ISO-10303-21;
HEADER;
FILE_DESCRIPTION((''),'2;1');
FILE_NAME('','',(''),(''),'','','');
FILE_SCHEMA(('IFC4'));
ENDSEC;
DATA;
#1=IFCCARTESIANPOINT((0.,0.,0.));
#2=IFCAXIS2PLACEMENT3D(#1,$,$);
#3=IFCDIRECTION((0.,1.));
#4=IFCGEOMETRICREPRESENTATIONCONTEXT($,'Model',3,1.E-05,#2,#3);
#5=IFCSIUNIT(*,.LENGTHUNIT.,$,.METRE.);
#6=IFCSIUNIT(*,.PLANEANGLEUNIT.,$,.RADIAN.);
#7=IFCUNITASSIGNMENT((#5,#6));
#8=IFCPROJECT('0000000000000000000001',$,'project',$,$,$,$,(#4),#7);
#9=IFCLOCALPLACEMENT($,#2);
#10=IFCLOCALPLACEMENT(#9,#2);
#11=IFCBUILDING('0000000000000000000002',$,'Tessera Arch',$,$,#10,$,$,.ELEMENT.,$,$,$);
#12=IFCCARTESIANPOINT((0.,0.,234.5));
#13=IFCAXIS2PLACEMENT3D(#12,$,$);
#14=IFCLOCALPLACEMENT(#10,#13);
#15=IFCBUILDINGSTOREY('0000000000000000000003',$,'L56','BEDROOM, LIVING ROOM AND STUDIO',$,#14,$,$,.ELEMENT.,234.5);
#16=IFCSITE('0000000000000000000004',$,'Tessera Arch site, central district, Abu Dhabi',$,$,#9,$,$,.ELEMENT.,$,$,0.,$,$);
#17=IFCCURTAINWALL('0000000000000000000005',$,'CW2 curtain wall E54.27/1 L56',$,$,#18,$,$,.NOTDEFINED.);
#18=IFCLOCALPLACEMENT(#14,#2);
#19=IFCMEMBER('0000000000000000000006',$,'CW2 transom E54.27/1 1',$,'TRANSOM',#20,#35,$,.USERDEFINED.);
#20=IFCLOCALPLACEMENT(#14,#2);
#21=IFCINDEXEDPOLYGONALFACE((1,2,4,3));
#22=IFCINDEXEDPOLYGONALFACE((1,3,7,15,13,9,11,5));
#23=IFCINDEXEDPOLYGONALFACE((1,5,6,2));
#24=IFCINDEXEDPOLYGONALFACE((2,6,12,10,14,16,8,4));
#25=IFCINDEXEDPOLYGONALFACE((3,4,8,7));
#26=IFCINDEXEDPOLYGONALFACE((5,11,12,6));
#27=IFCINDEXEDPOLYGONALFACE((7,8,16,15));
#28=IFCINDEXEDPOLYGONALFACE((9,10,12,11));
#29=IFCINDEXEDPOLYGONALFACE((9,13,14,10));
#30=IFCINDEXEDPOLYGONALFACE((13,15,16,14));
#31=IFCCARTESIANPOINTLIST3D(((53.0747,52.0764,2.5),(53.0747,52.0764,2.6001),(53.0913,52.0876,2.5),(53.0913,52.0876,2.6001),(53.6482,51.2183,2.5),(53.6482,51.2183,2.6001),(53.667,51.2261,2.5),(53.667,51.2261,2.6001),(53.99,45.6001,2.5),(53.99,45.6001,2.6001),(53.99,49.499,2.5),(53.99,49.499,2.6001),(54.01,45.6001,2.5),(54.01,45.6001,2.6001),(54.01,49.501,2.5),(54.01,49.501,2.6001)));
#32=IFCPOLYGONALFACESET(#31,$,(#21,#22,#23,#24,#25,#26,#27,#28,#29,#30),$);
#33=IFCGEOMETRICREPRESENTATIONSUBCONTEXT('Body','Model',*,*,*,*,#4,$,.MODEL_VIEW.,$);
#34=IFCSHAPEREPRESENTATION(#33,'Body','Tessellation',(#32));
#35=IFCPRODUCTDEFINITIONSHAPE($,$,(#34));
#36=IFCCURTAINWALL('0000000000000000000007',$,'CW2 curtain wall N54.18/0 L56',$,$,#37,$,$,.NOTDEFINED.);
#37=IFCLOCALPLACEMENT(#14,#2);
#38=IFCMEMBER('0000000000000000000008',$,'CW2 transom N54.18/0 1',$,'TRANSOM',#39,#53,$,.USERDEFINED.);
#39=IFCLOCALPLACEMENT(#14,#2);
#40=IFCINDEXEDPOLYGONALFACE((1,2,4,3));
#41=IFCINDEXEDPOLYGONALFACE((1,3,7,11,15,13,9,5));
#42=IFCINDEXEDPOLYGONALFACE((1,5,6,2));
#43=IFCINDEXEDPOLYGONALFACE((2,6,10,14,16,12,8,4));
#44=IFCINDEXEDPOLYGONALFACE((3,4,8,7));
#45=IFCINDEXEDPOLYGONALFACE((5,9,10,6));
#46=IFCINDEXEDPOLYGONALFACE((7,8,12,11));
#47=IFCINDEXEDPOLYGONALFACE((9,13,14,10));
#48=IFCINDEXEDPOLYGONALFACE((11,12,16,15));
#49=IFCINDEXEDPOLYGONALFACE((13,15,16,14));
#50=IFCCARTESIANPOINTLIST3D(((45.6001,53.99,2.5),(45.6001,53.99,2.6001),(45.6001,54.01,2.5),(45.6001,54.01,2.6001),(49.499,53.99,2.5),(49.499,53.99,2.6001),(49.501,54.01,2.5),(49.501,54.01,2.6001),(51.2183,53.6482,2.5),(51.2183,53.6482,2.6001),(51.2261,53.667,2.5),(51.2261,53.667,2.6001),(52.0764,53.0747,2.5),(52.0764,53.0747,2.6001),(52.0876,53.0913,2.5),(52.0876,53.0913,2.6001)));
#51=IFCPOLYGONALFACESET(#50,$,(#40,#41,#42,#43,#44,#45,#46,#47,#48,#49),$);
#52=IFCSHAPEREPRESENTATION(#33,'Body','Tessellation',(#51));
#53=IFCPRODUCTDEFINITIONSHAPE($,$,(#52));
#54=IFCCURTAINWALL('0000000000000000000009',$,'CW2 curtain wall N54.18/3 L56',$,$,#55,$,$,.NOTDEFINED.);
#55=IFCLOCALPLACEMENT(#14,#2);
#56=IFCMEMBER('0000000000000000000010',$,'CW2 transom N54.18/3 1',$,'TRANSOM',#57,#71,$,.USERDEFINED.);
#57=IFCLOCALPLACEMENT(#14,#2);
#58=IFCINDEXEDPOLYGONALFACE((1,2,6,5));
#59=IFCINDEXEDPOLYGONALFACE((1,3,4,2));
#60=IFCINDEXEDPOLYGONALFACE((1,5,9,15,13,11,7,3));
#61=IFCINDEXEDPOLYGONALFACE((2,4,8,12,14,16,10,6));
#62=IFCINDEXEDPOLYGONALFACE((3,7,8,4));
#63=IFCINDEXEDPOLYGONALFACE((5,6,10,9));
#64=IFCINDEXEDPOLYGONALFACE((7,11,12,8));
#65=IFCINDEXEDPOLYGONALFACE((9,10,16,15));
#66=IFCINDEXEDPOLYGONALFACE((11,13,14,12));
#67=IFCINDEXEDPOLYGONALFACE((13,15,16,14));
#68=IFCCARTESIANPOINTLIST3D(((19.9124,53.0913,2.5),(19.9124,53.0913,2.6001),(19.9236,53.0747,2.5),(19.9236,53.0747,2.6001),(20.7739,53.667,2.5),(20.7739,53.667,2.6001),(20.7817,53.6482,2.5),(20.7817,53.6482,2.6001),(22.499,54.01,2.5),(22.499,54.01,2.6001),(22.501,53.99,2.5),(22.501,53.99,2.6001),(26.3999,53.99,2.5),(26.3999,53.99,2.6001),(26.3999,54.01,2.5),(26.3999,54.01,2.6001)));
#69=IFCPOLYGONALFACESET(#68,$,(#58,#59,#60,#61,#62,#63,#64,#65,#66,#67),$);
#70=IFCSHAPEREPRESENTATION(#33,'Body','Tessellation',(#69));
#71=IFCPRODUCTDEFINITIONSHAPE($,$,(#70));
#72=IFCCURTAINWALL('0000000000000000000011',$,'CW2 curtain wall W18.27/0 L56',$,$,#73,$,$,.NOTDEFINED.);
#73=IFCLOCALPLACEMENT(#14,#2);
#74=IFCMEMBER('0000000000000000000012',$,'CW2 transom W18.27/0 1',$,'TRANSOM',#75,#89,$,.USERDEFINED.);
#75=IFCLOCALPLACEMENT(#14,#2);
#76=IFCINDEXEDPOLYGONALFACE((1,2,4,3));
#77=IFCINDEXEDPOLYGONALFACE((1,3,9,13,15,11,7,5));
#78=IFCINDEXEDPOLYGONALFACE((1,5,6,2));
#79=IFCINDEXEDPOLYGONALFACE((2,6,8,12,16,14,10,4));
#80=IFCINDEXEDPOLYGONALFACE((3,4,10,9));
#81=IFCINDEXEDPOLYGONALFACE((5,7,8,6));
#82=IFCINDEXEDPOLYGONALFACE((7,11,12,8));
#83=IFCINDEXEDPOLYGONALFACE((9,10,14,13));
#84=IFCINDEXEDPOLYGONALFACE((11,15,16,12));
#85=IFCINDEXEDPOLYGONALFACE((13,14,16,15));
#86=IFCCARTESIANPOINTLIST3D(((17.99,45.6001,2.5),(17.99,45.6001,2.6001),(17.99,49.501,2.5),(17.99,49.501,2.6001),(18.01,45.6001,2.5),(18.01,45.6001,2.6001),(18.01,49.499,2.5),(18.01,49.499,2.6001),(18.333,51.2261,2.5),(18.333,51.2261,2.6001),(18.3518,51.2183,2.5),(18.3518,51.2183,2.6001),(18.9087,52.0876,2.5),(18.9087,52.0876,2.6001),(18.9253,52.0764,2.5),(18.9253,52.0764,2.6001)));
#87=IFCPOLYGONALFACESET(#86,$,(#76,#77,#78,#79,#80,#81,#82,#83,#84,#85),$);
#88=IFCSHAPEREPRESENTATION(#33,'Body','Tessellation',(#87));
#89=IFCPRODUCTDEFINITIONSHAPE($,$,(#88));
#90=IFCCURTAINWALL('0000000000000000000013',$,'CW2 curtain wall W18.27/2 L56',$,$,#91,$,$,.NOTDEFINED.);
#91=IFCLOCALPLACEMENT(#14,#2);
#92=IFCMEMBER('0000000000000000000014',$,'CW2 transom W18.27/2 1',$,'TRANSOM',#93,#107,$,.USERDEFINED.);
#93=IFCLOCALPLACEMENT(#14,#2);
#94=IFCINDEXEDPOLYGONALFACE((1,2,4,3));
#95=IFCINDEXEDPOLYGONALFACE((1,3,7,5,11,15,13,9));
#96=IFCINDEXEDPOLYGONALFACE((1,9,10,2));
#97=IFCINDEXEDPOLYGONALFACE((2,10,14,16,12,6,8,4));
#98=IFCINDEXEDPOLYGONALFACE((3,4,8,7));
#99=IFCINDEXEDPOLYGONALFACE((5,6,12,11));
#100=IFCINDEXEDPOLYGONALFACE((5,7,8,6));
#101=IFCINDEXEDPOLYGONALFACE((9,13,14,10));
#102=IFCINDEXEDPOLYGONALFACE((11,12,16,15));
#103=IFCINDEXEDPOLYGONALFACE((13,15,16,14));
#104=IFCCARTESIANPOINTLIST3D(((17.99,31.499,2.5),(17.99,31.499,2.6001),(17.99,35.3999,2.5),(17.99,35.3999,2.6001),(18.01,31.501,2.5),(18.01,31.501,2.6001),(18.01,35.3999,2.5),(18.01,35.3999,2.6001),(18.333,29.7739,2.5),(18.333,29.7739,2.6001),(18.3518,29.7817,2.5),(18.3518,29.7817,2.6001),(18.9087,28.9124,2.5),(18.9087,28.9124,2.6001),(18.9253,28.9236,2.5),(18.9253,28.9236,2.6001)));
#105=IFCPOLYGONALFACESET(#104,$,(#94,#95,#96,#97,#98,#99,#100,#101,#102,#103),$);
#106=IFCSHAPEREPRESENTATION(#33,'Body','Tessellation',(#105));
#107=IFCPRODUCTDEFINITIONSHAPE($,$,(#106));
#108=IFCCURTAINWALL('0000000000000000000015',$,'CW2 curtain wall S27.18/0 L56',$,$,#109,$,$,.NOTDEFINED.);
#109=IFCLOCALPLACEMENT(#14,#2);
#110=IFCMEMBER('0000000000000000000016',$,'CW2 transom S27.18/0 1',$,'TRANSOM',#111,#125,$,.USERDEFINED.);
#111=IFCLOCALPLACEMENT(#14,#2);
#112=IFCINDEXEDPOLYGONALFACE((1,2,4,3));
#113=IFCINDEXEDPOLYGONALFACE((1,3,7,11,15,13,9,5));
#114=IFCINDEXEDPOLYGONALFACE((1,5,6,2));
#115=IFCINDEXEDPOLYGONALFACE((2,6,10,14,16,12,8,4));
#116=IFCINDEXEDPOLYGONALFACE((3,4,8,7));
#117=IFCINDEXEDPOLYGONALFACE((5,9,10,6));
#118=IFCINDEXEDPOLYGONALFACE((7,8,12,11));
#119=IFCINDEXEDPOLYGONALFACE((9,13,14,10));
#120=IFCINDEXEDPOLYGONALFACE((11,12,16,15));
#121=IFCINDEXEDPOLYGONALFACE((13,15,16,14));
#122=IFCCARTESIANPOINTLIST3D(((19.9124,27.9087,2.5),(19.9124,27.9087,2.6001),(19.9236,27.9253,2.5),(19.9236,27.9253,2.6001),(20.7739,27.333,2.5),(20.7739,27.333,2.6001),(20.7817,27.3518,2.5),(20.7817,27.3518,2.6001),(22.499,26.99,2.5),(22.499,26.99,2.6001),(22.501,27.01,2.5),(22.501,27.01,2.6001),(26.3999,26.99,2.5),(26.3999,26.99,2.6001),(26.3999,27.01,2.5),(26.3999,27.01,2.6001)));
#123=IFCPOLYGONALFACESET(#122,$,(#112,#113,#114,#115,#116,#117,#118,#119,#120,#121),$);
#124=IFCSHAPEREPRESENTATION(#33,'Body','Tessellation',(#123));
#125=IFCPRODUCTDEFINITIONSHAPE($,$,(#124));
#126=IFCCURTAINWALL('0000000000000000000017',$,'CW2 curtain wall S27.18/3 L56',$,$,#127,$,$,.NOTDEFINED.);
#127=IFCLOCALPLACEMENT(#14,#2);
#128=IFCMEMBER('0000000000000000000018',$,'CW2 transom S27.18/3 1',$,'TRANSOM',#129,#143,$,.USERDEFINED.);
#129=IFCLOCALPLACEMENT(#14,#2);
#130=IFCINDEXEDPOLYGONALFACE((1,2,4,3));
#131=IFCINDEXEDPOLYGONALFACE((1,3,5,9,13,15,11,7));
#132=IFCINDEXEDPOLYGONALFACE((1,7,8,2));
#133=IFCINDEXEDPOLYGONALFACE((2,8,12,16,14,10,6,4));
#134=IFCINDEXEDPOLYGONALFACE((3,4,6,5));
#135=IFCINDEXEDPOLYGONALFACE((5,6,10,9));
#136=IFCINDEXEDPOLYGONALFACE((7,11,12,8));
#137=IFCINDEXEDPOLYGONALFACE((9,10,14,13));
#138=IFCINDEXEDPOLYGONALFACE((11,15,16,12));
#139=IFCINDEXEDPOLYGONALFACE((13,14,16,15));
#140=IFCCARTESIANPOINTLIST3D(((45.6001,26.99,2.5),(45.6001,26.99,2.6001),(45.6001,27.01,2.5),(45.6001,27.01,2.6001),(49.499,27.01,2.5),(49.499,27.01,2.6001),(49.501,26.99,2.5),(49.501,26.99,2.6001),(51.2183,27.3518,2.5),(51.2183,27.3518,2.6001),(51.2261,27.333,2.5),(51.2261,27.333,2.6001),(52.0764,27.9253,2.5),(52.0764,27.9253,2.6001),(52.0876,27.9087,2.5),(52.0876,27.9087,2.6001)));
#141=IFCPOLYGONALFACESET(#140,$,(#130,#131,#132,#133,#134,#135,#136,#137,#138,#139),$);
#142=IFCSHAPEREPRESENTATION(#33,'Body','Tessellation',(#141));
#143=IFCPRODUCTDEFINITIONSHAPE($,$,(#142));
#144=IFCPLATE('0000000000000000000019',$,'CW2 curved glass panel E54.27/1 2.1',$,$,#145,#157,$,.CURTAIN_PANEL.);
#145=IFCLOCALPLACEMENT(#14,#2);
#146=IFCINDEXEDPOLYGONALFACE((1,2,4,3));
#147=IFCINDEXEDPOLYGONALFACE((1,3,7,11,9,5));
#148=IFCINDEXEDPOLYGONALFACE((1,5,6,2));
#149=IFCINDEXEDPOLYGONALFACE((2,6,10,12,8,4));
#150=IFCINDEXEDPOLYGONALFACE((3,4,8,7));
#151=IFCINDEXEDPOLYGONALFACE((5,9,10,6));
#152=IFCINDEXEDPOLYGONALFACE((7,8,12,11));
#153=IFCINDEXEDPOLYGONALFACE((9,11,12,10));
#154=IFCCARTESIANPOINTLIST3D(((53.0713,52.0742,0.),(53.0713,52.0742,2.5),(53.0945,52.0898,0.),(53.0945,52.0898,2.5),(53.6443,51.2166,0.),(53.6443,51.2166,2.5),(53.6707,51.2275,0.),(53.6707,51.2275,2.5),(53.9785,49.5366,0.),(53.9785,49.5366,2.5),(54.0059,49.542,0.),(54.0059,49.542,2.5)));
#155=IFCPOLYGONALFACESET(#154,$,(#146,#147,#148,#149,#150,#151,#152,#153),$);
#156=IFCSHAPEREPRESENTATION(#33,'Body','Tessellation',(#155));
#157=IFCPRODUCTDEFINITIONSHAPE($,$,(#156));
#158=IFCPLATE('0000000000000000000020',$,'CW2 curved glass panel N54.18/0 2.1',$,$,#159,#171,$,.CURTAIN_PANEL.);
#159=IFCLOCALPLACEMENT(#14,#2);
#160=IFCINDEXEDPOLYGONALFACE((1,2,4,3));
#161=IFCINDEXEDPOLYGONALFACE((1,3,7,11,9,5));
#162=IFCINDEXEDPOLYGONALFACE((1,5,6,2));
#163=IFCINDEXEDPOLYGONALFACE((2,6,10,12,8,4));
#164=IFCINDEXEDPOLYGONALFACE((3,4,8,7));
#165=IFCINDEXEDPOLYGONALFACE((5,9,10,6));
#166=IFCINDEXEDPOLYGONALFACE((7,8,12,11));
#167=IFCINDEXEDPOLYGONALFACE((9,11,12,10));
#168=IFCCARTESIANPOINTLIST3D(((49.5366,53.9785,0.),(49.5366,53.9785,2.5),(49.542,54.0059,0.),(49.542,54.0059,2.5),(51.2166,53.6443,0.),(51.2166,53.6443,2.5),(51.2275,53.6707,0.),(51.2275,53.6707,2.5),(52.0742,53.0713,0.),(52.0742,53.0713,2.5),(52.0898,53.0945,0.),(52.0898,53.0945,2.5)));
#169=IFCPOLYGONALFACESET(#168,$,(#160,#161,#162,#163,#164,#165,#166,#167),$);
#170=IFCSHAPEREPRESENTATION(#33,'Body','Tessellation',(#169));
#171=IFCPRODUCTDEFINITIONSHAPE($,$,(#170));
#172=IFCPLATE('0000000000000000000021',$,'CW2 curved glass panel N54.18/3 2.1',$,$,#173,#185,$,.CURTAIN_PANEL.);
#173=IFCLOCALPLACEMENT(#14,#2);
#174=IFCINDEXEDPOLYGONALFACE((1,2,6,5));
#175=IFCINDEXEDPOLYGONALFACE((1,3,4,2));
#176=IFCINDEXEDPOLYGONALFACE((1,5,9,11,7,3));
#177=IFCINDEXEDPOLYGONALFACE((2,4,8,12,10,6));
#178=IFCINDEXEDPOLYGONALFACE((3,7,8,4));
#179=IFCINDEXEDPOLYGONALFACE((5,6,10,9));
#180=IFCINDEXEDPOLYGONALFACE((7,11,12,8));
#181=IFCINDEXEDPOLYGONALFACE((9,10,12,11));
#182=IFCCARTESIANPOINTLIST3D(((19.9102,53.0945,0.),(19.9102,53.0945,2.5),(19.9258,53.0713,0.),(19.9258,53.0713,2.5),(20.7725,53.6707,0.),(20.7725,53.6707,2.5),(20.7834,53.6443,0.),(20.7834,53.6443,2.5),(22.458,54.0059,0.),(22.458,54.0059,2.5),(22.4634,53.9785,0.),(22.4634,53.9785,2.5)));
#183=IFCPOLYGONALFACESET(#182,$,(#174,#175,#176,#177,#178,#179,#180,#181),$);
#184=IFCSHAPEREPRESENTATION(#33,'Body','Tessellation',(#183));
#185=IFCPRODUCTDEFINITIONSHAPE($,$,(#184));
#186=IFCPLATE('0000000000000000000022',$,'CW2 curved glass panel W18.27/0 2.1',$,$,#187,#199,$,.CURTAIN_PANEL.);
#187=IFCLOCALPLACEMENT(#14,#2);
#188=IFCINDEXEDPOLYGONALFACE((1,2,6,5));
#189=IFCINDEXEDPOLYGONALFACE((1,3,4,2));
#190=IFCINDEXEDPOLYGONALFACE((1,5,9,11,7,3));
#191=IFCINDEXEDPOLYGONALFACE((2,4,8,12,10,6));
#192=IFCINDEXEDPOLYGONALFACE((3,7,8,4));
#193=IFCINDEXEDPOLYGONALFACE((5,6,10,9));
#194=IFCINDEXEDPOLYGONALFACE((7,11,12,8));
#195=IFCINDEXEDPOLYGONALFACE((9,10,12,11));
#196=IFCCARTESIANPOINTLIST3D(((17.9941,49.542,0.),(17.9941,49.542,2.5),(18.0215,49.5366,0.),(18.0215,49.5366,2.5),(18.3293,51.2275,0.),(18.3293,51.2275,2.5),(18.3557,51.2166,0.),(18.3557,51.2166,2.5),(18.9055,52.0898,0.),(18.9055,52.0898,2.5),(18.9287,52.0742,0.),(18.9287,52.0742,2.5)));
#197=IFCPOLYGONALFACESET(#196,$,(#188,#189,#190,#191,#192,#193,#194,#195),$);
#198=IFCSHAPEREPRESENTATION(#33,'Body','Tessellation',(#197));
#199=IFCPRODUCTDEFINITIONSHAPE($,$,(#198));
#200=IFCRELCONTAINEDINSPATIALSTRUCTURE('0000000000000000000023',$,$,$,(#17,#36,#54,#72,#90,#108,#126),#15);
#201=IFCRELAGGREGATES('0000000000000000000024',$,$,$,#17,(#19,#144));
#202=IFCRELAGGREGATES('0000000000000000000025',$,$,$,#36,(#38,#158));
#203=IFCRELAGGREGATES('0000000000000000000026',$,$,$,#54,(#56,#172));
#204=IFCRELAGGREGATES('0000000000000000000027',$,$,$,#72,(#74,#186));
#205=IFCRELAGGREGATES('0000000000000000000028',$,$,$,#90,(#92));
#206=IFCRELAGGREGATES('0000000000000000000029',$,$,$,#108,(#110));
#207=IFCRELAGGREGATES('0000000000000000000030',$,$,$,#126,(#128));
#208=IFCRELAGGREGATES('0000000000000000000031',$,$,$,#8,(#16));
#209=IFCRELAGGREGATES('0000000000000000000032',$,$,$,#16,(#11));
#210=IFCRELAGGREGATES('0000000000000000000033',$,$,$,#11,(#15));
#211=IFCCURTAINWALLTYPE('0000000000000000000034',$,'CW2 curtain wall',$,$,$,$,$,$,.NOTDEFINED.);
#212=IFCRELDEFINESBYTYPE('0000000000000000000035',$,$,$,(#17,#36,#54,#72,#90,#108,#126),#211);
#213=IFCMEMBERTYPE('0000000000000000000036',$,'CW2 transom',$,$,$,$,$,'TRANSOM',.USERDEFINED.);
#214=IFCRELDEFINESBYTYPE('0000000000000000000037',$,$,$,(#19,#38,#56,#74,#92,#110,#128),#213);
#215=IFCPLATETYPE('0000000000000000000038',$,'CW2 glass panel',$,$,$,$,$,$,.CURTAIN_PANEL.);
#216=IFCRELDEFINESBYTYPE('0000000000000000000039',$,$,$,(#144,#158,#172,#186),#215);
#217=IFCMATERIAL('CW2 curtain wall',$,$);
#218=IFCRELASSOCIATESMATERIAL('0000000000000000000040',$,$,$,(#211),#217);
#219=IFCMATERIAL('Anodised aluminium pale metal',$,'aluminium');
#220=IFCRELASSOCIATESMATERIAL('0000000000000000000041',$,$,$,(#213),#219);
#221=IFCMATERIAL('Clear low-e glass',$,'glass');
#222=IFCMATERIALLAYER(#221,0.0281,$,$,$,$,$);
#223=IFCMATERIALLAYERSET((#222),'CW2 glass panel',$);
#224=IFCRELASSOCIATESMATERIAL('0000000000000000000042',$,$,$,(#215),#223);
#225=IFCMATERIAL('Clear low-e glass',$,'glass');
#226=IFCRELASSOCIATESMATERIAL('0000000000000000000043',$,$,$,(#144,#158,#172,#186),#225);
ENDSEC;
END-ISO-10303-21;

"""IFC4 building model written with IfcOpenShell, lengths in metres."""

from ifc_helpers import new_model, si_unit, direction, frame, origin, origin_2d, place, context, subcontext, project, spatial, polyline, rectangle, outline, extrude, material, layer, layer_set, material_profile, profile_set, type_object, element, aggregate, save


model = new_model("IFC4")

# Units and contexts
model_context = context("Model", 3, precision=1e-05, world=origin(), true_north=direction((0.0, 1.0)))
body_context = subcontext(model_context, "Body", "Model", "MODEL_VIEW")
ifc_project = project(units=[si_unit("LENGTHUNIT", "METRE"), si_unit("PLANEANGLEUNIT", "RADIAN")], contexts=[model_context])

# Site, building, storey
site_placement = place(None, origin())
site = spatial("IfcSite", under=ifc_project, at=site_placement, Name="Tessera Arch site, central district, Abu Dhabi", CompositionType="ELEMENT", RefElevation=0.0)
building_placement = place(site_placement, origin())
building = spatial("IfcBuilding", under=site, at=building_placement, Name="Tessera Arch", CompositionType="ELEMENT")
storey_placement = place(building_placement, frame((0.0, 0.0, 234.5)))
storey = spatial("IfcBuildingStorey", under=building, at=storey_placement, Name="L56", Description="BEDROOM, LIVING ROOM AND STUDIO", CompositionType="ELEMENT", Elevation=234.5)

# Curtain walls, members
ifc_material_1 = material(Name="CW2 curtain wall")
curtain_wall_type = type_object("IfcCurtainWallType", Name="CW2 curtain wall", PredefinedType="NOTDEFINED", material=ifc_material_1)
curtain_wall_1_placement = place(storey_placement, origin())
curtain_wall_1 = element("IfcCurtainWall", 1, at=curtain_wall_1_placement, inside=storey, type_object=curtain_wall_type, Name="CW2 curtain wall E54.27/1 L56", PredefinedType="NOTDEFINED")
ifc_material_2 = material(Name="Anodised aluminium pale metal", Category="aluminium")
ifc_material_profile = material_profile(ifc_material_2, rectangle(XDim=0.2, YDim=0.1001, at=origin_2d()), Name="AL 200x100")
ifc_profile_set = profile_set([ifc_material_profile], Name="Anodised aluminium pale metal")
member_type = type_object("IfcMemberType", Name="CW2 transom", ElementType="TRANSOM", PredefinedType="USERDEFINED", material=ifc_profile_set)
member_1_placement = place(storey_placement, frame((0.0, 0.0, 2.5)))
member_1 = element("IfcMember", 2, at=member_1_placement, type_object=member_type, Name="CW2 transom E54.27/1 1", ObjectType="TRANSOM", PredefinedType="USERDEFINED", context=body_context, shape_type="SweptSolid", body=[
    extrude(outline(polyline([(53.99, 49.499), (53.99, 45.6001), (54.01, 45.6001), (54.01, 49.501), (53.667, 51.2261), (53.0913, 52.0876), (53.0747, 52.0764), (53.6482, 51.2183), (53.99, 49.499)])), origin(), (0.0, 0.0, 1.0), 0.1001),
])
curtain_wall_2_placement = place(storey_placement, origin())
curtain_wall_2 = element("IfcCurtainWall", 3, at=curtain_wall_2_placement, inside=storey, type_object=curtain_wall_type, Name="CW2 curtain wall N54.18/0 L56", PredefinedType="NOTDEFINED")
member_2_placement = place(storey_placement, frame((0.0, 0.0, 2.5)))
member_2 = element("IfcMember", 4, at=member_2_placement, type_object=member_type, Name="CW2 transom N54.18/0 1", ObjectType="TRANSOM", PredefinedType="USERDEFINED", context=body_context, shape_type="SweptSolid", body=[
    extrude(outline(polyline([(51.2183, 53.6482), (52.0764, 53.0747), (52.0876, 53.0913), (51.2261, 53.667), (49.501, 54.01), (45.6001, 54.01), (45.6001, 53.99), (49.499, 53.99), (51.2183, 53.6482)])), origin(), (0.0, 0.0, 1.0), 0.1001),
])
curtain_wall_3_placement = place(storey_placement, origin())
curtain_wall_3 = element("IfcCurtainWall", 5, at=curtain_wall_3_placement, inside=storey, type_object=curtain_wall_type, Name="CW2 curtain wall N54.18/3 L56", PredefinedType="NOTDEFINED")
member_3_placement = place(storey_placement, frame((0.0, 0.0, 2.5)))
member_3 = element("IfcMember", 6, at=member_3_placement, type_object=member_type, Name="CW2 transom N54.18/3 1", ObjectType="TRANSOM", PredefinedType="USERDEFINED", context=body_context, shape_type="SweptSolid", body=[
    extrude(outline(polyline([(22.501, 53.99), (26.3999, 53.99), (26.3999, 54.01), (22.499, 54.01), (20.7739, 53.667), (19.9124, 53.0913), (19.9236, 53.0747), (20.7817, 53.6482), (22.501, 53.99)])), origin(), (0.0, 0.0, 1.0), 0.1001),
])
curtain_wall_4_placement = place(storey_placement, origin())
curtain_wall_4 = element("IfcCurtainWall", 7, at=curtain_wall_4_placement, inside=storey, type_object=curtain_wall_type, Name="CW2 curtain wall W18.27/0 L56", PredefinedType="NOTDEFINED")
member_4_placement = place(storey_placement, frame((0.0, 0.0, 2.5)))
member_4 = element("IfcMember", 8, at=member_4_placement, type_object=member_type, Name="CW2 transom W18.27/0 1", ObjectType="TRANSOM", PredefinedType="USERDEFINED", context=body_context, shape_type="SweptSolid", body=[
    extrude(outline(polyline([(18.3518, 51.2183), (18.9253, 52.0764), (18.9087, 52.0876), (18.333, 51.2261), (17.99, 49.501), (17.99, 45.6001), (18.01, 45.6001), (18.01, 49.499), (18.3518, 51.2183)])), origin(), (0.0, 0.0, 1.0), 0.1001),
])
curtain_wall_5_placement = place(storey_placement, origin())
curtain_wall_5 = element("IfcCurtainWall", 9, at=curtain_wall_5_placement, inside=storey, type_object=curtain_wall_type, Name="CW2 curtain wall W18.27/2 L56", PredefinedType="NOTDEFINED")
member_5_placement = place(storey_placement, frame((0.0, 0.0, 2.5)))
member_5 = element("IfcMember", 10, at=member_5_placement, type_object=member_type, Name="CW2 transom W18.27/2 1", ObjectType="TRANSOM", PredefinedType="USERDEFINED", context=body_context, shape_type="SweptSolid", body=[
    extrude(outline(polyline([(18.01, 31.501), (18.01, 35.3999), (17.99, 35.3999), (17.99, 31.499), (18.333, 29.7739), (18.9087, 28.9124), (18.9253, 28.9236), (18.3518, 29.7817), (18.01, 31.501)])), origin(), (0.0, 0.0, 1.0), 0.1001),
])
curtain_wall_6_placement = place(storey_placement, origin())
curtain_wall_6 = element("IfcCurtainWall", 11, at=curtain_wall_6_placement, inside=storey, type_object=curtain_wall_type, Name="CW2 curtain wall S27.18/0 L56", PredefinedType="NOTDEFINED")
member_6_placement = place(storey_placement, frame((0.0, 0.0, 2.5)))
member_6 = element("IfcMember", 12, at=member_6_placement, type_object=member_type, Name="CW2 transom S27.18/0 1", ObjectType="TRANSOM", PredefinedType="USERDEFINED", context=body_context, shape_type="SweptSolid", body=[
    extrude(outline(polyline([(20.7817, 27.3518), (19.9236, 27.9253), (19.9124, 27.9087), (20.7739, 27.333), (22.499, 26.99), (26.3999, 26.99), (26.3999, 27.01), (22.501, 27.01), (20.7817, 27.3518)])), origin(), (0.0, 0.0, 1.0), 0.1001),
])
curtain_wall_7_placement = place(storey_placement, origin())
curtain_wall_7 = element("IfcCurtainWall", 13, at=curtain_wall_7_placement, inside=storey, type_object=curtain_wall_type, Name="CW2 curtain wall S27.18/3 L56", PredefinedType="NOTDEFINED")
member_7_placement = place(storey_placement, frame((0.0, 0.0, 2.5)))
member_7 = element("IfcMember", 14, at=member_7_placement, type_object=member_type, Name="CW2 transom S27.18/3 1", ObjectType="TRANSOM", PredefinedType="USERDEFINED", context=body_context, shape_type="SweptSolid", body=[
    extrude(outline(polyline([(49.499, 27.01), (45.6001, 27.01), (45.6001, 26.99), (49.501, 26.99), (51.2261, 27.333), (52.0876, 27.9087), (52.0764, 27.9253), (51.2183, 27.3518), (49.499, 27.01)])), origin(), (0.0, 0.0, 1.0), 0.1001),
])

# Plates
ifc_material_3 = material(Name="Clear low-e glass", Category="glass")
ifc_material_4 = material(Name="Clear low-e glass", Category="glass")
ifc_layer_1 = layer(ifc_material_4, 0.0281)
ifc_layer_set_1 = layer_set([ifc_layer_1], Name="CW2 glass panel")
plate_type_1 = type_object("IfcPlateType", Name="CW2 glass panel", PredefinedType="CURTAIN_PANEL", material=ifc_layer_set_1)
plate_1_placement = place(storey_placement, origin())
plate_1 = element("IfcPlate", 15, at=plate_1_placement, type_object=plate_type_1, material=ifc_material_3, Name="CW2 curved glass panel E54.27/1 2.1", PredefinedType="CURTAIN_PANEL", context=body_context, shape_type="SweptSolid", body=[
    extrude(outline(polyline([(53.6443, 51.2166), (53.9785, 49.5366), (54.0059, 49.542), (53.6707, 51.2275), (53.0945, 52.0898), (53.0713, 52.0742), (53.6443, 51.2166)])), origin(), (0.0, 0.0, 1.0), 2.5),
])
plate_2_placement = place(storey_placement, origin())
plate_2 = element("IfcPlate", 16, at=plate_2_placement, type_object=plate_type_1, material=ifc_material_3, Name="CW2 curved glass panel N54.18/0 2.1", PredefinedType="CURTAIN_PANEL", context=body_context, shape_type="SweptSolid", body=[
    extrude(outline(polyline([(51.2166, 53.6443), (52.0742, 53.0713), (52.0898, 53.0945), (51.2275, 53.6707), (49.542, 54.0059), (49.5366, 53.9785), (51.2166, 53.6443)])), origin(), (0.0, 0.0, 1.0), 2.5),
])
plate_3_placement = place(storey_placement, origin())
plate_3 = element("IfcPlate", 17, at=plate_3_placement, type_object=plate_type_1, material=ifc_material_3, Name="CW2 curved glass panel N54.18/3 2.1", PredefinedType="CURTAIN_PANEL", context=body_context, shape_type="SweptSolid", body=[
    extrude(outline(polyline([(20.7834, 53.6443), (22.4634, 53.9785), (22.458, 54.0059), (20.7725, 53.6707), (19.9102, 53.0945), (19.9258, 53.0713), (20.7834, 53.6443)])), origin(), (0.0, 0.0, 1.0), 2.5),
])
plate_4_placement = place(storey_placement, origin())
plate_4 = element("IfcPlate", 18, at=plate_4_placement, type_object=plate_type_1, material=ifc_material_3, Name="CW2 curved glass panel W18.27/0 2.1", PredefinedType="CURTAIN_PANEL", context=body_context, shape_type="SweptSolid", body=[
    extrude(outline(polyline([(18.3557, 51.2166), (18.9287, 52.0742), (18.9055, 52.0898), (18.3293, 51.2275), (17.9941, 49.542), (18.0215, 49.5366), (18.3557, 51.2166)])), origin(), (0.0, 0.0, 1.0), 2.5),
])
aggregate(curtain_wall_1, [member_1, plate_1])
aggregate(curtain_wall_2, [member_2, plate_2])
aggregate(curtain_wall_3, [member_3, plate_3])
aggregate(curtain_wall_4, [member_4, plate_4])
aggregate(curtain_wall_5, [member_5])
aggregate(curtain_wall_6, [member_6])
aggregate(curtain_wall_7, [member_7])

save(model, "model.ifc")
